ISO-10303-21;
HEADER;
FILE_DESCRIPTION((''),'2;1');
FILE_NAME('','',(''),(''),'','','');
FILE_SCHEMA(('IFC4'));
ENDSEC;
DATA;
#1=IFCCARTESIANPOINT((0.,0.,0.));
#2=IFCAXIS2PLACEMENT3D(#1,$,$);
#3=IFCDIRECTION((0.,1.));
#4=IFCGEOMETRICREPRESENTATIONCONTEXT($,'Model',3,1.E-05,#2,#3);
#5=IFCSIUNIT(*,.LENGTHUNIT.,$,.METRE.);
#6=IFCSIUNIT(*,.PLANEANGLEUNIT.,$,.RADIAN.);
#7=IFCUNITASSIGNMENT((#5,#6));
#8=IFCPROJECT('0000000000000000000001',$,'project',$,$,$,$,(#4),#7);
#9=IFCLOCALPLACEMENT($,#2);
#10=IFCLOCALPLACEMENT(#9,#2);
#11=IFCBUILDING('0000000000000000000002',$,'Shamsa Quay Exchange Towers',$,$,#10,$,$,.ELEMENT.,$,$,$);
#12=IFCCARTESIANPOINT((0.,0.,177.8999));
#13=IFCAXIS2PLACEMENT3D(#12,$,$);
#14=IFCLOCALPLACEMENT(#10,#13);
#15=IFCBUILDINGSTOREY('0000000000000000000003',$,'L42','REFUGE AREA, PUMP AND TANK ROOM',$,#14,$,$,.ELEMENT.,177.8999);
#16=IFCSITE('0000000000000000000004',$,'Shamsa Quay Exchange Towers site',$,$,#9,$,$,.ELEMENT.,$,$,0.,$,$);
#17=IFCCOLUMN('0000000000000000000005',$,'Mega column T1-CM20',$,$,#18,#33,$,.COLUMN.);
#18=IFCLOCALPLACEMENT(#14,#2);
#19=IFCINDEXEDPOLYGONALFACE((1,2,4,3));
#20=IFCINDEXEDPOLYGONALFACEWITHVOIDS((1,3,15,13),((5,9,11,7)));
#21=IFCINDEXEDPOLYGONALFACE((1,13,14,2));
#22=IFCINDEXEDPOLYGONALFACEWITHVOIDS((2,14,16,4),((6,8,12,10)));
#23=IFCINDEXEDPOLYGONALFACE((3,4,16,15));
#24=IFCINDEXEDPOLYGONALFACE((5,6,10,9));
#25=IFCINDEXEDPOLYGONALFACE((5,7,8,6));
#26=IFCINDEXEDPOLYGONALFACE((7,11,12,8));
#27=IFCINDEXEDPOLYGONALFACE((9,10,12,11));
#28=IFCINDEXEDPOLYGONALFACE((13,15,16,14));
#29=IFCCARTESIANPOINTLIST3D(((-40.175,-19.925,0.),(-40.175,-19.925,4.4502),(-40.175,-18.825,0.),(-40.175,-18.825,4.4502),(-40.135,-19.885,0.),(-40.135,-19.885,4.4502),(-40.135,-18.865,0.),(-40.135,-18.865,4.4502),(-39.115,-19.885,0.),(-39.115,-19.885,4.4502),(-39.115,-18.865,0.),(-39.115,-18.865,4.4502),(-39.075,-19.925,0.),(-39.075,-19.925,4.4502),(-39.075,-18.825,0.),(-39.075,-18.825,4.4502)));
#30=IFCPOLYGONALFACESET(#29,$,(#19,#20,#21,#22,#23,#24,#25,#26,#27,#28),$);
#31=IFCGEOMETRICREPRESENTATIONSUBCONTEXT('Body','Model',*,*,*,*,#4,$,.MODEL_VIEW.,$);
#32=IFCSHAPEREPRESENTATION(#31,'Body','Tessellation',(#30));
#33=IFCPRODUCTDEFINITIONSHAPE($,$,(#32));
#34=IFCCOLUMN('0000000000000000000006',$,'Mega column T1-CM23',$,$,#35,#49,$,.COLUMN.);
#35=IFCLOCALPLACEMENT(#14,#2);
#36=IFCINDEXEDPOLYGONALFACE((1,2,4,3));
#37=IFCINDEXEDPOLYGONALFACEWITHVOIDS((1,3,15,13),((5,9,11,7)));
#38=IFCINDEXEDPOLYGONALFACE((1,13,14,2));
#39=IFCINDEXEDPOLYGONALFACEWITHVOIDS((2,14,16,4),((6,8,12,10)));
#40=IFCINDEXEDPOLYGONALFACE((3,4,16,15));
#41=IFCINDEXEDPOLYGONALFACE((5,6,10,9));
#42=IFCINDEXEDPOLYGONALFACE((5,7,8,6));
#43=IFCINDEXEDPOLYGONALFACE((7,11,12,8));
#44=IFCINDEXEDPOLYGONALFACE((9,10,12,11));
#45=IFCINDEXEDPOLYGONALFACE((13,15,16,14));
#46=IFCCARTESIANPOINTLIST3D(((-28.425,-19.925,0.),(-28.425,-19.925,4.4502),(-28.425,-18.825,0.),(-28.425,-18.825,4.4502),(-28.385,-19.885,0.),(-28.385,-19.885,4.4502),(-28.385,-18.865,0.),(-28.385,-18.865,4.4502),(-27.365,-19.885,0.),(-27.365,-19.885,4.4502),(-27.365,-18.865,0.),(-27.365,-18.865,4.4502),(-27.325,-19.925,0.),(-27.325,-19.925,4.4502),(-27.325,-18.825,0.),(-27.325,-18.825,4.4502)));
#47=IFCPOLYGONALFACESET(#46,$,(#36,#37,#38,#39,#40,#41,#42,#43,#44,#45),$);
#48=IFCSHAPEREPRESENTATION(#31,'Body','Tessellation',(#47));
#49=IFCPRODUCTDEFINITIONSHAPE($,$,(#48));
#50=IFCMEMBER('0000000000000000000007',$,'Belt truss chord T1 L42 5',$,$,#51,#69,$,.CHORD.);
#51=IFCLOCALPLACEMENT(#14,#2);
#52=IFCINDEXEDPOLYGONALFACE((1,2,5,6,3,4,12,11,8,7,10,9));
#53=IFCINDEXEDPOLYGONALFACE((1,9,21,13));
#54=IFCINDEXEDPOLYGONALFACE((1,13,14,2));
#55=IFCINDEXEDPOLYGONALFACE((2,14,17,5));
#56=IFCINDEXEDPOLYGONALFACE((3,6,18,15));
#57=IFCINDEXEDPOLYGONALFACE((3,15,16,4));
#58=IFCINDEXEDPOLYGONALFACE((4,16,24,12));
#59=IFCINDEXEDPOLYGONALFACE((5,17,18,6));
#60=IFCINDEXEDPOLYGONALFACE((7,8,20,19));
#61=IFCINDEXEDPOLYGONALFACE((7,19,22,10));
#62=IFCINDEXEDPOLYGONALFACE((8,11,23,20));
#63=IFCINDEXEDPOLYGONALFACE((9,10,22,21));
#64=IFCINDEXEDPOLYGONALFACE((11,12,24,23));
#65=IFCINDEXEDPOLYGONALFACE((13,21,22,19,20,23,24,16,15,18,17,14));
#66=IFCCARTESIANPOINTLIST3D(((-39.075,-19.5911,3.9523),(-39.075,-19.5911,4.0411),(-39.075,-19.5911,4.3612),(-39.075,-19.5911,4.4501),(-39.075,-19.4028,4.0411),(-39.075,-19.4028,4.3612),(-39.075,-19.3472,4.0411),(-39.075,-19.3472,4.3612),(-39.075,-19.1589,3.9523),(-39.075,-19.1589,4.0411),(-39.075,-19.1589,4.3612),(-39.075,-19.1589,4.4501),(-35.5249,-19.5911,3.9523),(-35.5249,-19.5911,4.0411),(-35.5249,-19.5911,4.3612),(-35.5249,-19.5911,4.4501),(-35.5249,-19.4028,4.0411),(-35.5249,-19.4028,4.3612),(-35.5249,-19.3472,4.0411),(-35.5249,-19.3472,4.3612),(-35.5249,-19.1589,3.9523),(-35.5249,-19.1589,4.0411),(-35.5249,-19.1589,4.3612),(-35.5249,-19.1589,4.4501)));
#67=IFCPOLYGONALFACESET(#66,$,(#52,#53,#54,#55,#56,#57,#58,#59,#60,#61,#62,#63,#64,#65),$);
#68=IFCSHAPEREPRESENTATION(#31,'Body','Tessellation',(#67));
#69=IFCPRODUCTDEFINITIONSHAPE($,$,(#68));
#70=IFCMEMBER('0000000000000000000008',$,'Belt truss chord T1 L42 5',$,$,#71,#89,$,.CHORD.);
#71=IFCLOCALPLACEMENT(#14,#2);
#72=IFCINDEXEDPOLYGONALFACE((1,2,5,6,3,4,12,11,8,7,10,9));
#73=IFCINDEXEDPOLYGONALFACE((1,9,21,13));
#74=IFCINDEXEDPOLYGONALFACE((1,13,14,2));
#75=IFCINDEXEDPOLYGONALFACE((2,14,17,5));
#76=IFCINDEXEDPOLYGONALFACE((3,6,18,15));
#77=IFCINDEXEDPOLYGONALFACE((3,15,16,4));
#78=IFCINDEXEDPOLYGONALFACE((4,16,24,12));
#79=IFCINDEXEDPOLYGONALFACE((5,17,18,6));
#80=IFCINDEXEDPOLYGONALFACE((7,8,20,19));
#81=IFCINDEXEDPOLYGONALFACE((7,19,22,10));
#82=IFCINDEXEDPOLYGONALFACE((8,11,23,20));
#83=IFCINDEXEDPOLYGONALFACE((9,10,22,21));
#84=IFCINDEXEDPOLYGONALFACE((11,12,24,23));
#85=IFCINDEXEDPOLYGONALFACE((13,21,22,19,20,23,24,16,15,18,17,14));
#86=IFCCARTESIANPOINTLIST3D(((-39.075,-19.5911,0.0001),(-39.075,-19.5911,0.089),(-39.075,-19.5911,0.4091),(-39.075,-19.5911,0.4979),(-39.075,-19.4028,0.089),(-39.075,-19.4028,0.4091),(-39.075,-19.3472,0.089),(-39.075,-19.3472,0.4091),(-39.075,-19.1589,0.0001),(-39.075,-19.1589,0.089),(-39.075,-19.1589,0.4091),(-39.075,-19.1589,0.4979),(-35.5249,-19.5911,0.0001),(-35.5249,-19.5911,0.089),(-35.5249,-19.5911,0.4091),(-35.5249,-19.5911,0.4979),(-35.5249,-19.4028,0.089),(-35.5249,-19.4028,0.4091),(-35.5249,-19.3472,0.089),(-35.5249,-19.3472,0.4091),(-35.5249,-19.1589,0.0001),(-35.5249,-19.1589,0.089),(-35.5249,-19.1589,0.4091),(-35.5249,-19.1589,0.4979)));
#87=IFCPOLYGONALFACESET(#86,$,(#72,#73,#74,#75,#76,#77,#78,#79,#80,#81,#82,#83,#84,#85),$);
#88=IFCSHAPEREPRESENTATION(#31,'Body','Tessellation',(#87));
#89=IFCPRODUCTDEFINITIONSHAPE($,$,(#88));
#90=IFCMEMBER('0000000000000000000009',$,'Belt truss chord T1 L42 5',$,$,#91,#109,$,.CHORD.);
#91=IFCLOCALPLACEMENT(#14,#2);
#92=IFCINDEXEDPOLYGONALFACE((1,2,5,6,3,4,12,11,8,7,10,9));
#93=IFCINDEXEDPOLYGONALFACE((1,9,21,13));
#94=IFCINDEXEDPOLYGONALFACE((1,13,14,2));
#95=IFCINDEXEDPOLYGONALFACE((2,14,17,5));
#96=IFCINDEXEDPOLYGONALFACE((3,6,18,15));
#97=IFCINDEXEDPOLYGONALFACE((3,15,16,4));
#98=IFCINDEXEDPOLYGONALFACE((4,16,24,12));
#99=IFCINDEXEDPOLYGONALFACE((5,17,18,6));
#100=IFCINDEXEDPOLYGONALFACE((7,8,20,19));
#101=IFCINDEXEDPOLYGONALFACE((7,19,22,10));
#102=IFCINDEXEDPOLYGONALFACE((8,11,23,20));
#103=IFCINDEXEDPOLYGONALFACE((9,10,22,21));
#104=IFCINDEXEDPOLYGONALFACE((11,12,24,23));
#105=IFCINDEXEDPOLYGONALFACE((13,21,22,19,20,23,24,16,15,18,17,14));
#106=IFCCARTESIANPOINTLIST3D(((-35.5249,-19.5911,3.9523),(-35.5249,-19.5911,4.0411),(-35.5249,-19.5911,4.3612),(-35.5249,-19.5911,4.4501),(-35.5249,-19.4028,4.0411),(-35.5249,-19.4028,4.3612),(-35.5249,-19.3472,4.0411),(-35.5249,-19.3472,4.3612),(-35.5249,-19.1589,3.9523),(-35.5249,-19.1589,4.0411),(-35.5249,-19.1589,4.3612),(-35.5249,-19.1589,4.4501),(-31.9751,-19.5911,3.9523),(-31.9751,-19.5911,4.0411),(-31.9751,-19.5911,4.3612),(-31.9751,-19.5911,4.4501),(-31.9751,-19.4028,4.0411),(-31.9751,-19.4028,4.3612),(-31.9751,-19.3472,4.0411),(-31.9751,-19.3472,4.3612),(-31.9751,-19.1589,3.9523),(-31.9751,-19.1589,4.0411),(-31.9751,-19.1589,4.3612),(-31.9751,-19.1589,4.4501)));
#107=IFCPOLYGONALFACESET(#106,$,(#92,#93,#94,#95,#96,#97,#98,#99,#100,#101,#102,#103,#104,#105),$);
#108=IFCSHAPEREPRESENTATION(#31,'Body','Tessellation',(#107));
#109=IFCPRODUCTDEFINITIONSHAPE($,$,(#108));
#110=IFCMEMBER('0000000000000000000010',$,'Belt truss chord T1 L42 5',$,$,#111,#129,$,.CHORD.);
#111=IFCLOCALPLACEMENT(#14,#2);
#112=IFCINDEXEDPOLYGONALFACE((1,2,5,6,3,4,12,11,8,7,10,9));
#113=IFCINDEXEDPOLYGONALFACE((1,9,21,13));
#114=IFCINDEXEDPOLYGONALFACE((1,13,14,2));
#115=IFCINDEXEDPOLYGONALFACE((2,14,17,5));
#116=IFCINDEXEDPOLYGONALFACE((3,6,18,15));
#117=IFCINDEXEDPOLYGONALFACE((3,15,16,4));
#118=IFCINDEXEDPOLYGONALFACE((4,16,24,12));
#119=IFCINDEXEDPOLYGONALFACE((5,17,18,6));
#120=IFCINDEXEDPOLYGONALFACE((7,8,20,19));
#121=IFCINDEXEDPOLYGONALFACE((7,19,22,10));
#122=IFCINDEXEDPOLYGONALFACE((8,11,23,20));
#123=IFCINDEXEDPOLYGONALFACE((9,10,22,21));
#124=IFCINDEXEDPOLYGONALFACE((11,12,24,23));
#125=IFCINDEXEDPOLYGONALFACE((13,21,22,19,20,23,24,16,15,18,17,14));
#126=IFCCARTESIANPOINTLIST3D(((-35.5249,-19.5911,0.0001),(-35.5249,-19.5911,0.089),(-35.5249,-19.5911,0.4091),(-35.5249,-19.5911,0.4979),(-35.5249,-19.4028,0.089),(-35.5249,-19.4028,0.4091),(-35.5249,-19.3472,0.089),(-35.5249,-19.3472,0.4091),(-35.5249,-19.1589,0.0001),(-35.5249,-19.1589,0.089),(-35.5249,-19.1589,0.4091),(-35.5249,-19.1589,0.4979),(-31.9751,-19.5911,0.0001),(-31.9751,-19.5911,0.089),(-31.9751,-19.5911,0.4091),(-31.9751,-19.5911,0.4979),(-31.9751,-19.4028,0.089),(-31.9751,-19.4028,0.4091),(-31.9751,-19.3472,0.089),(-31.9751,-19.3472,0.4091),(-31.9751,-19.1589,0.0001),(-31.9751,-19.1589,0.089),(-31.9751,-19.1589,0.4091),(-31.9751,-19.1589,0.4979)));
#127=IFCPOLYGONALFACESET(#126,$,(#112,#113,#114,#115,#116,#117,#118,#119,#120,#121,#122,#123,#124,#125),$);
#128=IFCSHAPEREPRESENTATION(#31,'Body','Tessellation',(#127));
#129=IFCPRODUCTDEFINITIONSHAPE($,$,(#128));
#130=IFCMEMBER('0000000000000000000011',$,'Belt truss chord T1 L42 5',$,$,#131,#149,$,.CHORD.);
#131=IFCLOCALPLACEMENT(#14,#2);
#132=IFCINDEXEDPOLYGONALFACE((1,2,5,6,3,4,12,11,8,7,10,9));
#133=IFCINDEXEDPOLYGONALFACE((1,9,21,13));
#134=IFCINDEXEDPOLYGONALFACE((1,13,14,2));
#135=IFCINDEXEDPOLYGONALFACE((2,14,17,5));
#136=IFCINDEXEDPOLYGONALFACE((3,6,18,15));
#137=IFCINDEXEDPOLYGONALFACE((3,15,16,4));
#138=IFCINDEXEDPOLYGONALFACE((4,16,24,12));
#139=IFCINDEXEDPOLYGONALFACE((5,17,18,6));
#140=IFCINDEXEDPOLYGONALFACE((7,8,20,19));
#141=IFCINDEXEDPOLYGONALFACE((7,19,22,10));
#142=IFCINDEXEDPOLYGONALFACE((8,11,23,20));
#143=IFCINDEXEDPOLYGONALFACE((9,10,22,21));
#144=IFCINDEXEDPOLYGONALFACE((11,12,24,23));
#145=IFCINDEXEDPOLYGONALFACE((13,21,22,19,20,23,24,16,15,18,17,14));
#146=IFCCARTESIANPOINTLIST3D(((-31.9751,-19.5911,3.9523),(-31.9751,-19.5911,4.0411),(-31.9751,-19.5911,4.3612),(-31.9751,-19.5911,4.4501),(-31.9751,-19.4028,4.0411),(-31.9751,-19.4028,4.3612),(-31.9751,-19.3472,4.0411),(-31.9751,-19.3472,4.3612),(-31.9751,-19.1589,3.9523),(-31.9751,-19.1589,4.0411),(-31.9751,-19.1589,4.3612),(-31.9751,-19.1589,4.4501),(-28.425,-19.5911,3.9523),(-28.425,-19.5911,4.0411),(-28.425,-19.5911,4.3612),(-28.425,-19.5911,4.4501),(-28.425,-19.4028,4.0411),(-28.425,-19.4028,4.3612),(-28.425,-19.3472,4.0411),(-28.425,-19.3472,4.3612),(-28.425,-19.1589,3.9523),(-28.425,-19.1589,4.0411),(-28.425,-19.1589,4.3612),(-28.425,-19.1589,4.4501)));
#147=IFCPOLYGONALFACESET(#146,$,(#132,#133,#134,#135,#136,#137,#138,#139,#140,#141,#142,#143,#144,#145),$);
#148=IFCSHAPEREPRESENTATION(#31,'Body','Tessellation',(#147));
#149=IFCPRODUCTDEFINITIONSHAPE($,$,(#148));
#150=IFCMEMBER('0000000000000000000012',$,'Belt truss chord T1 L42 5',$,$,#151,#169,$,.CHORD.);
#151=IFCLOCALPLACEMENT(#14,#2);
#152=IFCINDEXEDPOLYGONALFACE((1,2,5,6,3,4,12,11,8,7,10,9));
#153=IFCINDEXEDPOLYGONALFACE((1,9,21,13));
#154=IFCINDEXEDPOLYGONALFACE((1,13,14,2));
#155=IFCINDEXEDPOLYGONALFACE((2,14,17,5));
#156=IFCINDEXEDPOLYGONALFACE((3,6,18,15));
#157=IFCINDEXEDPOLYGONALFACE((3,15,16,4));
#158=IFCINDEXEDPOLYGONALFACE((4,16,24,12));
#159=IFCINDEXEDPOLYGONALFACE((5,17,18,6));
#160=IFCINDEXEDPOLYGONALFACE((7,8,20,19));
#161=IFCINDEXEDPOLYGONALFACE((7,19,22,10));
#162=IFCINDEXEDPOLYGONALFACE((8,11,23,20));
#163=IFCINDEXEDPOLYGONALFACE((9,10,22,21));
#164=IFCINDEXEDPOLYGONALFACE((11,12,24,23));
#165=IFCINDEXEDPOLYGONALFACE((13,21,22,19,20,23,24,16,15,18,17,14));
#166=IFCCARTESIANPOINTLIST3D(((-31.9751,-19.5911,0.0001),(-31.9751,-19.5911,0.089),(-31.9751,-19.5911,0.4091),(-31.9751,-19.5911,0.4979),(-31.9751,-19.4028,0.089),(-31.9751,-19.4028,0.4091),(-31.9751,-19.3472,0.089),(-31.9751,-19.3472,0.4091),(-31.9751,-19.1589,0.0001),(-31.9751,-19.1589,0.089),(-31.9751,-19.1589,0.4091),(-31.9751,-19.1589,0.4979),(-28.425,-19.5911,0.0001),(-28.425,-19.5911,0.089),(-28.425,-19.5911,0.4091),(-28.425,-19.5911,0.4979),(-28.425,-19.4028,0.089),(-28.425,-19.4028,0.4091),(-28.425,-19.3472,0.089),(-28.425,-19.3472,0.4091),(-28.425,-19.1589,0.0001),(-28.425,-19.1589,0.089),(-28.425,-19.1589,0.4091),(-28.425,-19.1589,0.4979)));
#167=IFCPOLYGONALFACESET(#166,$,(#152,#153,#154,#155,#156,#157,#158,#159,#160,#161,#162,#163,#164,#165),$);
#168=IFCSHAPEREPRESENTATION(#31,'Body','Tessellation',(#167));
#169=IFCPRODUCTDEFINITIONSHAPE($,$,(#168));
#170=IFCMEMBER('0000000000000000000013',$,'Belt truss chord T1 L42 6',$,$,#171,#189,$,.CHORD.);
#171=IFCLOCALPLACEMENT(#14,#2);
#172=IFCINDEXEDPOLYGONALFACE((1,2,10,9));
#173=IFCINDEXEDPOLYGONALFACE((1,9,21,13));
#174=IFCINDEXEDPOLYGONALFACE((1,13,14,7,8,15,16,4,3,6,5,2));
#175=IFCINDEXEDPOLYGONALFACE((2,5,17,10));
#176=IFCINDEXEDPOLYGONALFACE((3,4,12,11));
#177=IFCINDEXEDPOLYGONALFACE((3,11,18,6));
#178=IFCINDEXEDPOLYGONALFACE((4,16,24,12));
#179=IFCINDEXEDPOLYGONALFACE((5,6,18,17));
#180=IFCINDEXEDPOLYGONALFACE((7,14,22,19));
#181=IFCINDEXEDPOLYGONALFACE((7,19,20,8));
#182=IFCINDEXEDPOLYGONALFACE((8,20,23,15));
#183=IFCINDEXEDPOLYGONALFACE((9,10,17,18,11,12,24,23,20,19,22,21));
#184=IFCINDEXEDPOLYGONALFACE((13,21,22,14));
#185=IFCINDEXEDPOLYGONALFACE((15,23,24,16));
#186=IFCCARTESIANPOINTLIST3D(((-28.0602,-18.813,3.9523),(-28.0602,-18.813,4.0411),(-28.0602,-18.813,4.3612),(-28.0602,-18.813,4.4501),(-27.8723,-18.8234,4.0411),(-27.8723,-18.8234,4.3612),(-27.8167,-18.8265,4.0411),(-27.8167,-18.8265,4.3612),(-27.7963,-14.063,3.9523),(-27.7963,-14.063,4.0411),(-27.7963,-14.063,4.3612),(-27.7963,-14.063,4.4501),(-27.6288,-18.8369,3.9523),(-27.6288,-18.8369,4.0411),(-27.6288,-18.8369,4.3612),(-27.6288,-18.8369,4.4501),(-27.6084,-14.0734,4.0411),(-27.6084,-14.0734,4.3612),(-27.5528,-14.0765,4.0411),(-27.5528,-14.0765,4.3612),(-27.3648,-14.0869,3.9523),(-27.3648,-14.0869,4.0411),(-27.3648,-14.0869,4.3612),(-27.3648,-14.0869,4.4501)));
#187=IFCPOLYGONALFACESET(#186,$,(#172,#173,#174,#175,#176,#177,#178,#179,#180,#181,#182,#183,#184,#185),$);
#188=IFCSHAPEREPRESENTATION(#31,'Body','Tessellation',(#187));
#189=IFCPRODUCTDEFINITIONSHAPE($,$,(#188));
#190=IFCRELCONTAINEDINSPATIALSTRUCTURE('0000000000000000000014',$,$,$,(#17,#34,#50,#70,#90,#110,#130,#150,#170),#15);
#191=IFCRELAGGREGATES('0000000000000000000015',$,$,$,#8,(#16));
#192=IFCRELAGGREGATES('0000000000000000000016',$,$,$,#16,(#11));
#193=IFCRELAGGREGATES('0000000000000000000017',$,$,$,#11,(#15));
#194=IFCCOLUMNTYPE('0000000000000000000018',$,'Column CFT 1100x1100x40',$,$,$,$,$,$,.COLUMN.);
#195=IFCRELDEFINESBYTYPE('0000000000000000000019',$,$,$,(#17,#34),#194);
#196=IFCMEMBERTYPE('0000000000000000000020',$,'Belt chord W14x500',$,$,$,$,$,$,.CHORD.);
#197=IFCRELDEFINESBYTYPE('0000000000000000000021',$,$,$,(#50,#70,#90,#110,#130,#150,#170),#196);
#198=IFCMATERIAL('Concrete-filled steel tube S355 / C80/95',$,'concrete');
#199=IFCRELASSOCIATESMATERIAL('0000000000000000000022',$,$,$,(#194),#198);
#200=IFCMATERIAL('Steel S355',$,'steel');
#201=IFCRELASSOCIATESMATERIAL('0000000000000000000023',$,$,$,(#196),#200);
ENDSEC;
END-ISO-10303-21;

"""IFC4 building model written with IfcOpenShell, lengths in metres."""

from ifc_helpers import new_model, si_unit, direction, frame, origin, origin_2d, place, context, subcontext, project, spatial, hollow_rectangle, i_section, extrude, material, material_profile, profile_set, type_object, element, save


model = new_model("IFC4")

# Units and contexts
model_context = context("Model", 3, precision=1e-05, world=origin(), true_north=direction((0.0, 1.0)))
body_context = subcontext(model_context, "Body", "Model", "MODEL_VIEW")
ifc_project = project(units=[si_unit("LENGTHUNIT", "METRE"), si_unit("PLANEANGLEUNIT", "RADIAN")], contexts=[model_context])

# Site, building, storey
site_placement = place(None, origin())
site = spatial("IfcSite", under=ifc_project, at=site_placement, Name="Shamsa Quay Exchange Towers site", CompositionType="ELEMENT", RefElevation=0.0)
building_placement = place(site_placement, origin())
building = spatial("IfcBuilding", under=site, at=building_placement, Name="Shamsa Quay Exchange Towers", CompositionType="ELEMENT")
storey_placement = place(building_placement, frame((0.0, 0.0, 177.8999)))
storey = spatial("IfcBuildingStorey", under=building, at=storey_placement, Name="L42", Description="REFUGE AREA, PUMP AND TANK ROOM", CompositionType="ELEMENT", Elevation=177.8999)

# Columns
ifc_material_1 = material(Name="Concrete-filled steel tube S355 / C80/95", Category="concrete")
ifc_material_profile_1 = material_profile(ifc_material_1, hollow_rectangle(XDim=1.1001, YDim=1.1001, WallThickness=0.04, at=origin_2d()), Name="CFT 1100x1100x40")
ifc_profile_set_1 = profile_set([ifc_material_profile_1], Name="Concrete-filled steel tube S355 / C80/95")
column_type = type_object("IfcColumnType", Name="Column CFT 1100x1100x40", PredefinedType="COLUMN", material=ifc_profile_set_1)
for number, where, name in (
    (1, (-39.625, -19.375, 0.0), "Mega column T1-CM20"),
    (2, (-27.875, -19.375, 0.0), "Mega column T1-CM23"),
):
    element("IfcColumn", number, at=place(storey_placement, frame(where)), inside=storey, type_object=column_type, Name=name, PredefinedType="COLUMN", context=body_context, shape_type="SweptSolid", body=[
        extrude(hollow_rectangle(XDim=1.1001, YDim=1.1001, WallThickness=0.04, at=origin_2d()), origin(), (0.0, 0.0, 1.0), 4.4502),
    ])

# Members
ifc_material_2 = material(Name="Steel S355", Category="steel")
ifc_material_profile_2 = material_profile(ifc_material_2, i_section(OverallWidth=0.4321, OverallDepth=0.4978, WebThickness=0.0557, FlangeThickness=0.0889, at=origin_2d()), Name="W14x500")
ifc_profile_set_2 = profile_set([ifc_material_profile_2], Name="Steel S355")
member_type_1 = type_object("IfcMemberType", Name="Belt chord W14x500", PredefinedType="CHORD", material=ifc_profile_set_2)
for number, where, z_axis, x_axis, name in (
    (3, (-39.075, -19.375, 4.2012), (1.0, 0.0, 0.0), (0.0, 1.0, 0.0), "Belt truss chord T1 L42 5"),
    (4, (-39.075, -19.375, 0.249), (1.0, 0.0, 0.0), (0.0, 1.0, 0.0), "Belt truss chord T1 L42 5"),
):
    element("IfcMember", number, at=place(storey_placement, frame(where, z_axis=z_axis, x_axis=x_axis)), inside=storey, type_object=member_type_1, Name=name, PredefinedType="CHORD", context=body_context, shape_type="SweptSolid", body=[
        extrude(i_section(OverallWidth=0.4321, OverallDepth=0.4978, WebThickness=0.0557, FlangeThickness=0.0889, at=origin_2d()), origin(), (0.0, 0.0, 1.0), 3.55),
    ])
for number, where, z_axis, x_axis, name in (
    (5, (-35.5249, -19.375, 4.2012), (1.0, 0.0, 0.0), (0.0, 1.0, 0.0), "Belt truss chord T1 L42 5"),
    (6, (-35.5249, -19.375, 0.249), (1.0, 0.0, 0.0), (0.0, 1.0, 0.0), "Belt truss chord T1 L42 5"),
):
    element("IfcMember", number, at=place(storey_placement, frame(where, z_axis=z_axis, x_axis=x_axis)), inside=storey, type_object=member_type_1, Name=name, PredefinedType="CHORD", context=body_context, shape_type="SweptSolid", body=[
        extrude(i_section(OverallWidth=0.4321, OverallDepth=0.4978, WebThickness=0.0557, FlangeThickness=0.0889, at=origin_2d()), origin(), (0.0, 0.0, 1.0), 3.5498),
    ])
for number, where, z_axis, x_axis, name in (
    (7, (-31.9751, -19.375, 4.2012), (1.0, 0.0, 0.0), (0.0, 1.0, 0.0), "Belt truss chord T1 L42 5"),
    (8, (-31.9751, -19.375, 0.249), (1.0, 0.0, 0.0), (0.0, 1.0, 0.0), "Belt truss chord T1 L42 5"),
):
    element("IfcMember", number, at=place(storey_placement, frame(where, z_axis=z_axis, x_axis=x_axis)), inside=storey, type_object=member_type_1, Name=name, PredefinedType="CHORD", context=body_context, shape_type="SweptSolid", body=[
        extrude(i_section(OverallWidth=0.4321, OverallDepth=0.4978, WebThickness=0.0557, FlangeThickness=0.0889, at=origin_2d()), origin(), (0.0, 0.0, 1.0), 3.55),
    ])
member_1_placement = place(storey_placement, frame((-27.8445, -18.825, 4.2012), z_axis=(0.055476, 0.99846, 0.0), x_axis=(-0.99846, 0.055476, 0.0)))
element("IfcMember", 9, at=member_1_placement, inside=storey, type_object=member_type_1, Name="Belt truss chord T1 L42 6", PredefinedType="CHORD", context=body_context, shape_type="SweptSolid", body=[
    extrude(i_section(OverallWidth=0.4321, OverallDepth=0.4978, WebThickness=0.0557, FlangeThickness=0.0889, at=origin_2d()), origin(), (0.0, 0.0, 1.0), 4.7573),
])

save(model, "model.ifc")
